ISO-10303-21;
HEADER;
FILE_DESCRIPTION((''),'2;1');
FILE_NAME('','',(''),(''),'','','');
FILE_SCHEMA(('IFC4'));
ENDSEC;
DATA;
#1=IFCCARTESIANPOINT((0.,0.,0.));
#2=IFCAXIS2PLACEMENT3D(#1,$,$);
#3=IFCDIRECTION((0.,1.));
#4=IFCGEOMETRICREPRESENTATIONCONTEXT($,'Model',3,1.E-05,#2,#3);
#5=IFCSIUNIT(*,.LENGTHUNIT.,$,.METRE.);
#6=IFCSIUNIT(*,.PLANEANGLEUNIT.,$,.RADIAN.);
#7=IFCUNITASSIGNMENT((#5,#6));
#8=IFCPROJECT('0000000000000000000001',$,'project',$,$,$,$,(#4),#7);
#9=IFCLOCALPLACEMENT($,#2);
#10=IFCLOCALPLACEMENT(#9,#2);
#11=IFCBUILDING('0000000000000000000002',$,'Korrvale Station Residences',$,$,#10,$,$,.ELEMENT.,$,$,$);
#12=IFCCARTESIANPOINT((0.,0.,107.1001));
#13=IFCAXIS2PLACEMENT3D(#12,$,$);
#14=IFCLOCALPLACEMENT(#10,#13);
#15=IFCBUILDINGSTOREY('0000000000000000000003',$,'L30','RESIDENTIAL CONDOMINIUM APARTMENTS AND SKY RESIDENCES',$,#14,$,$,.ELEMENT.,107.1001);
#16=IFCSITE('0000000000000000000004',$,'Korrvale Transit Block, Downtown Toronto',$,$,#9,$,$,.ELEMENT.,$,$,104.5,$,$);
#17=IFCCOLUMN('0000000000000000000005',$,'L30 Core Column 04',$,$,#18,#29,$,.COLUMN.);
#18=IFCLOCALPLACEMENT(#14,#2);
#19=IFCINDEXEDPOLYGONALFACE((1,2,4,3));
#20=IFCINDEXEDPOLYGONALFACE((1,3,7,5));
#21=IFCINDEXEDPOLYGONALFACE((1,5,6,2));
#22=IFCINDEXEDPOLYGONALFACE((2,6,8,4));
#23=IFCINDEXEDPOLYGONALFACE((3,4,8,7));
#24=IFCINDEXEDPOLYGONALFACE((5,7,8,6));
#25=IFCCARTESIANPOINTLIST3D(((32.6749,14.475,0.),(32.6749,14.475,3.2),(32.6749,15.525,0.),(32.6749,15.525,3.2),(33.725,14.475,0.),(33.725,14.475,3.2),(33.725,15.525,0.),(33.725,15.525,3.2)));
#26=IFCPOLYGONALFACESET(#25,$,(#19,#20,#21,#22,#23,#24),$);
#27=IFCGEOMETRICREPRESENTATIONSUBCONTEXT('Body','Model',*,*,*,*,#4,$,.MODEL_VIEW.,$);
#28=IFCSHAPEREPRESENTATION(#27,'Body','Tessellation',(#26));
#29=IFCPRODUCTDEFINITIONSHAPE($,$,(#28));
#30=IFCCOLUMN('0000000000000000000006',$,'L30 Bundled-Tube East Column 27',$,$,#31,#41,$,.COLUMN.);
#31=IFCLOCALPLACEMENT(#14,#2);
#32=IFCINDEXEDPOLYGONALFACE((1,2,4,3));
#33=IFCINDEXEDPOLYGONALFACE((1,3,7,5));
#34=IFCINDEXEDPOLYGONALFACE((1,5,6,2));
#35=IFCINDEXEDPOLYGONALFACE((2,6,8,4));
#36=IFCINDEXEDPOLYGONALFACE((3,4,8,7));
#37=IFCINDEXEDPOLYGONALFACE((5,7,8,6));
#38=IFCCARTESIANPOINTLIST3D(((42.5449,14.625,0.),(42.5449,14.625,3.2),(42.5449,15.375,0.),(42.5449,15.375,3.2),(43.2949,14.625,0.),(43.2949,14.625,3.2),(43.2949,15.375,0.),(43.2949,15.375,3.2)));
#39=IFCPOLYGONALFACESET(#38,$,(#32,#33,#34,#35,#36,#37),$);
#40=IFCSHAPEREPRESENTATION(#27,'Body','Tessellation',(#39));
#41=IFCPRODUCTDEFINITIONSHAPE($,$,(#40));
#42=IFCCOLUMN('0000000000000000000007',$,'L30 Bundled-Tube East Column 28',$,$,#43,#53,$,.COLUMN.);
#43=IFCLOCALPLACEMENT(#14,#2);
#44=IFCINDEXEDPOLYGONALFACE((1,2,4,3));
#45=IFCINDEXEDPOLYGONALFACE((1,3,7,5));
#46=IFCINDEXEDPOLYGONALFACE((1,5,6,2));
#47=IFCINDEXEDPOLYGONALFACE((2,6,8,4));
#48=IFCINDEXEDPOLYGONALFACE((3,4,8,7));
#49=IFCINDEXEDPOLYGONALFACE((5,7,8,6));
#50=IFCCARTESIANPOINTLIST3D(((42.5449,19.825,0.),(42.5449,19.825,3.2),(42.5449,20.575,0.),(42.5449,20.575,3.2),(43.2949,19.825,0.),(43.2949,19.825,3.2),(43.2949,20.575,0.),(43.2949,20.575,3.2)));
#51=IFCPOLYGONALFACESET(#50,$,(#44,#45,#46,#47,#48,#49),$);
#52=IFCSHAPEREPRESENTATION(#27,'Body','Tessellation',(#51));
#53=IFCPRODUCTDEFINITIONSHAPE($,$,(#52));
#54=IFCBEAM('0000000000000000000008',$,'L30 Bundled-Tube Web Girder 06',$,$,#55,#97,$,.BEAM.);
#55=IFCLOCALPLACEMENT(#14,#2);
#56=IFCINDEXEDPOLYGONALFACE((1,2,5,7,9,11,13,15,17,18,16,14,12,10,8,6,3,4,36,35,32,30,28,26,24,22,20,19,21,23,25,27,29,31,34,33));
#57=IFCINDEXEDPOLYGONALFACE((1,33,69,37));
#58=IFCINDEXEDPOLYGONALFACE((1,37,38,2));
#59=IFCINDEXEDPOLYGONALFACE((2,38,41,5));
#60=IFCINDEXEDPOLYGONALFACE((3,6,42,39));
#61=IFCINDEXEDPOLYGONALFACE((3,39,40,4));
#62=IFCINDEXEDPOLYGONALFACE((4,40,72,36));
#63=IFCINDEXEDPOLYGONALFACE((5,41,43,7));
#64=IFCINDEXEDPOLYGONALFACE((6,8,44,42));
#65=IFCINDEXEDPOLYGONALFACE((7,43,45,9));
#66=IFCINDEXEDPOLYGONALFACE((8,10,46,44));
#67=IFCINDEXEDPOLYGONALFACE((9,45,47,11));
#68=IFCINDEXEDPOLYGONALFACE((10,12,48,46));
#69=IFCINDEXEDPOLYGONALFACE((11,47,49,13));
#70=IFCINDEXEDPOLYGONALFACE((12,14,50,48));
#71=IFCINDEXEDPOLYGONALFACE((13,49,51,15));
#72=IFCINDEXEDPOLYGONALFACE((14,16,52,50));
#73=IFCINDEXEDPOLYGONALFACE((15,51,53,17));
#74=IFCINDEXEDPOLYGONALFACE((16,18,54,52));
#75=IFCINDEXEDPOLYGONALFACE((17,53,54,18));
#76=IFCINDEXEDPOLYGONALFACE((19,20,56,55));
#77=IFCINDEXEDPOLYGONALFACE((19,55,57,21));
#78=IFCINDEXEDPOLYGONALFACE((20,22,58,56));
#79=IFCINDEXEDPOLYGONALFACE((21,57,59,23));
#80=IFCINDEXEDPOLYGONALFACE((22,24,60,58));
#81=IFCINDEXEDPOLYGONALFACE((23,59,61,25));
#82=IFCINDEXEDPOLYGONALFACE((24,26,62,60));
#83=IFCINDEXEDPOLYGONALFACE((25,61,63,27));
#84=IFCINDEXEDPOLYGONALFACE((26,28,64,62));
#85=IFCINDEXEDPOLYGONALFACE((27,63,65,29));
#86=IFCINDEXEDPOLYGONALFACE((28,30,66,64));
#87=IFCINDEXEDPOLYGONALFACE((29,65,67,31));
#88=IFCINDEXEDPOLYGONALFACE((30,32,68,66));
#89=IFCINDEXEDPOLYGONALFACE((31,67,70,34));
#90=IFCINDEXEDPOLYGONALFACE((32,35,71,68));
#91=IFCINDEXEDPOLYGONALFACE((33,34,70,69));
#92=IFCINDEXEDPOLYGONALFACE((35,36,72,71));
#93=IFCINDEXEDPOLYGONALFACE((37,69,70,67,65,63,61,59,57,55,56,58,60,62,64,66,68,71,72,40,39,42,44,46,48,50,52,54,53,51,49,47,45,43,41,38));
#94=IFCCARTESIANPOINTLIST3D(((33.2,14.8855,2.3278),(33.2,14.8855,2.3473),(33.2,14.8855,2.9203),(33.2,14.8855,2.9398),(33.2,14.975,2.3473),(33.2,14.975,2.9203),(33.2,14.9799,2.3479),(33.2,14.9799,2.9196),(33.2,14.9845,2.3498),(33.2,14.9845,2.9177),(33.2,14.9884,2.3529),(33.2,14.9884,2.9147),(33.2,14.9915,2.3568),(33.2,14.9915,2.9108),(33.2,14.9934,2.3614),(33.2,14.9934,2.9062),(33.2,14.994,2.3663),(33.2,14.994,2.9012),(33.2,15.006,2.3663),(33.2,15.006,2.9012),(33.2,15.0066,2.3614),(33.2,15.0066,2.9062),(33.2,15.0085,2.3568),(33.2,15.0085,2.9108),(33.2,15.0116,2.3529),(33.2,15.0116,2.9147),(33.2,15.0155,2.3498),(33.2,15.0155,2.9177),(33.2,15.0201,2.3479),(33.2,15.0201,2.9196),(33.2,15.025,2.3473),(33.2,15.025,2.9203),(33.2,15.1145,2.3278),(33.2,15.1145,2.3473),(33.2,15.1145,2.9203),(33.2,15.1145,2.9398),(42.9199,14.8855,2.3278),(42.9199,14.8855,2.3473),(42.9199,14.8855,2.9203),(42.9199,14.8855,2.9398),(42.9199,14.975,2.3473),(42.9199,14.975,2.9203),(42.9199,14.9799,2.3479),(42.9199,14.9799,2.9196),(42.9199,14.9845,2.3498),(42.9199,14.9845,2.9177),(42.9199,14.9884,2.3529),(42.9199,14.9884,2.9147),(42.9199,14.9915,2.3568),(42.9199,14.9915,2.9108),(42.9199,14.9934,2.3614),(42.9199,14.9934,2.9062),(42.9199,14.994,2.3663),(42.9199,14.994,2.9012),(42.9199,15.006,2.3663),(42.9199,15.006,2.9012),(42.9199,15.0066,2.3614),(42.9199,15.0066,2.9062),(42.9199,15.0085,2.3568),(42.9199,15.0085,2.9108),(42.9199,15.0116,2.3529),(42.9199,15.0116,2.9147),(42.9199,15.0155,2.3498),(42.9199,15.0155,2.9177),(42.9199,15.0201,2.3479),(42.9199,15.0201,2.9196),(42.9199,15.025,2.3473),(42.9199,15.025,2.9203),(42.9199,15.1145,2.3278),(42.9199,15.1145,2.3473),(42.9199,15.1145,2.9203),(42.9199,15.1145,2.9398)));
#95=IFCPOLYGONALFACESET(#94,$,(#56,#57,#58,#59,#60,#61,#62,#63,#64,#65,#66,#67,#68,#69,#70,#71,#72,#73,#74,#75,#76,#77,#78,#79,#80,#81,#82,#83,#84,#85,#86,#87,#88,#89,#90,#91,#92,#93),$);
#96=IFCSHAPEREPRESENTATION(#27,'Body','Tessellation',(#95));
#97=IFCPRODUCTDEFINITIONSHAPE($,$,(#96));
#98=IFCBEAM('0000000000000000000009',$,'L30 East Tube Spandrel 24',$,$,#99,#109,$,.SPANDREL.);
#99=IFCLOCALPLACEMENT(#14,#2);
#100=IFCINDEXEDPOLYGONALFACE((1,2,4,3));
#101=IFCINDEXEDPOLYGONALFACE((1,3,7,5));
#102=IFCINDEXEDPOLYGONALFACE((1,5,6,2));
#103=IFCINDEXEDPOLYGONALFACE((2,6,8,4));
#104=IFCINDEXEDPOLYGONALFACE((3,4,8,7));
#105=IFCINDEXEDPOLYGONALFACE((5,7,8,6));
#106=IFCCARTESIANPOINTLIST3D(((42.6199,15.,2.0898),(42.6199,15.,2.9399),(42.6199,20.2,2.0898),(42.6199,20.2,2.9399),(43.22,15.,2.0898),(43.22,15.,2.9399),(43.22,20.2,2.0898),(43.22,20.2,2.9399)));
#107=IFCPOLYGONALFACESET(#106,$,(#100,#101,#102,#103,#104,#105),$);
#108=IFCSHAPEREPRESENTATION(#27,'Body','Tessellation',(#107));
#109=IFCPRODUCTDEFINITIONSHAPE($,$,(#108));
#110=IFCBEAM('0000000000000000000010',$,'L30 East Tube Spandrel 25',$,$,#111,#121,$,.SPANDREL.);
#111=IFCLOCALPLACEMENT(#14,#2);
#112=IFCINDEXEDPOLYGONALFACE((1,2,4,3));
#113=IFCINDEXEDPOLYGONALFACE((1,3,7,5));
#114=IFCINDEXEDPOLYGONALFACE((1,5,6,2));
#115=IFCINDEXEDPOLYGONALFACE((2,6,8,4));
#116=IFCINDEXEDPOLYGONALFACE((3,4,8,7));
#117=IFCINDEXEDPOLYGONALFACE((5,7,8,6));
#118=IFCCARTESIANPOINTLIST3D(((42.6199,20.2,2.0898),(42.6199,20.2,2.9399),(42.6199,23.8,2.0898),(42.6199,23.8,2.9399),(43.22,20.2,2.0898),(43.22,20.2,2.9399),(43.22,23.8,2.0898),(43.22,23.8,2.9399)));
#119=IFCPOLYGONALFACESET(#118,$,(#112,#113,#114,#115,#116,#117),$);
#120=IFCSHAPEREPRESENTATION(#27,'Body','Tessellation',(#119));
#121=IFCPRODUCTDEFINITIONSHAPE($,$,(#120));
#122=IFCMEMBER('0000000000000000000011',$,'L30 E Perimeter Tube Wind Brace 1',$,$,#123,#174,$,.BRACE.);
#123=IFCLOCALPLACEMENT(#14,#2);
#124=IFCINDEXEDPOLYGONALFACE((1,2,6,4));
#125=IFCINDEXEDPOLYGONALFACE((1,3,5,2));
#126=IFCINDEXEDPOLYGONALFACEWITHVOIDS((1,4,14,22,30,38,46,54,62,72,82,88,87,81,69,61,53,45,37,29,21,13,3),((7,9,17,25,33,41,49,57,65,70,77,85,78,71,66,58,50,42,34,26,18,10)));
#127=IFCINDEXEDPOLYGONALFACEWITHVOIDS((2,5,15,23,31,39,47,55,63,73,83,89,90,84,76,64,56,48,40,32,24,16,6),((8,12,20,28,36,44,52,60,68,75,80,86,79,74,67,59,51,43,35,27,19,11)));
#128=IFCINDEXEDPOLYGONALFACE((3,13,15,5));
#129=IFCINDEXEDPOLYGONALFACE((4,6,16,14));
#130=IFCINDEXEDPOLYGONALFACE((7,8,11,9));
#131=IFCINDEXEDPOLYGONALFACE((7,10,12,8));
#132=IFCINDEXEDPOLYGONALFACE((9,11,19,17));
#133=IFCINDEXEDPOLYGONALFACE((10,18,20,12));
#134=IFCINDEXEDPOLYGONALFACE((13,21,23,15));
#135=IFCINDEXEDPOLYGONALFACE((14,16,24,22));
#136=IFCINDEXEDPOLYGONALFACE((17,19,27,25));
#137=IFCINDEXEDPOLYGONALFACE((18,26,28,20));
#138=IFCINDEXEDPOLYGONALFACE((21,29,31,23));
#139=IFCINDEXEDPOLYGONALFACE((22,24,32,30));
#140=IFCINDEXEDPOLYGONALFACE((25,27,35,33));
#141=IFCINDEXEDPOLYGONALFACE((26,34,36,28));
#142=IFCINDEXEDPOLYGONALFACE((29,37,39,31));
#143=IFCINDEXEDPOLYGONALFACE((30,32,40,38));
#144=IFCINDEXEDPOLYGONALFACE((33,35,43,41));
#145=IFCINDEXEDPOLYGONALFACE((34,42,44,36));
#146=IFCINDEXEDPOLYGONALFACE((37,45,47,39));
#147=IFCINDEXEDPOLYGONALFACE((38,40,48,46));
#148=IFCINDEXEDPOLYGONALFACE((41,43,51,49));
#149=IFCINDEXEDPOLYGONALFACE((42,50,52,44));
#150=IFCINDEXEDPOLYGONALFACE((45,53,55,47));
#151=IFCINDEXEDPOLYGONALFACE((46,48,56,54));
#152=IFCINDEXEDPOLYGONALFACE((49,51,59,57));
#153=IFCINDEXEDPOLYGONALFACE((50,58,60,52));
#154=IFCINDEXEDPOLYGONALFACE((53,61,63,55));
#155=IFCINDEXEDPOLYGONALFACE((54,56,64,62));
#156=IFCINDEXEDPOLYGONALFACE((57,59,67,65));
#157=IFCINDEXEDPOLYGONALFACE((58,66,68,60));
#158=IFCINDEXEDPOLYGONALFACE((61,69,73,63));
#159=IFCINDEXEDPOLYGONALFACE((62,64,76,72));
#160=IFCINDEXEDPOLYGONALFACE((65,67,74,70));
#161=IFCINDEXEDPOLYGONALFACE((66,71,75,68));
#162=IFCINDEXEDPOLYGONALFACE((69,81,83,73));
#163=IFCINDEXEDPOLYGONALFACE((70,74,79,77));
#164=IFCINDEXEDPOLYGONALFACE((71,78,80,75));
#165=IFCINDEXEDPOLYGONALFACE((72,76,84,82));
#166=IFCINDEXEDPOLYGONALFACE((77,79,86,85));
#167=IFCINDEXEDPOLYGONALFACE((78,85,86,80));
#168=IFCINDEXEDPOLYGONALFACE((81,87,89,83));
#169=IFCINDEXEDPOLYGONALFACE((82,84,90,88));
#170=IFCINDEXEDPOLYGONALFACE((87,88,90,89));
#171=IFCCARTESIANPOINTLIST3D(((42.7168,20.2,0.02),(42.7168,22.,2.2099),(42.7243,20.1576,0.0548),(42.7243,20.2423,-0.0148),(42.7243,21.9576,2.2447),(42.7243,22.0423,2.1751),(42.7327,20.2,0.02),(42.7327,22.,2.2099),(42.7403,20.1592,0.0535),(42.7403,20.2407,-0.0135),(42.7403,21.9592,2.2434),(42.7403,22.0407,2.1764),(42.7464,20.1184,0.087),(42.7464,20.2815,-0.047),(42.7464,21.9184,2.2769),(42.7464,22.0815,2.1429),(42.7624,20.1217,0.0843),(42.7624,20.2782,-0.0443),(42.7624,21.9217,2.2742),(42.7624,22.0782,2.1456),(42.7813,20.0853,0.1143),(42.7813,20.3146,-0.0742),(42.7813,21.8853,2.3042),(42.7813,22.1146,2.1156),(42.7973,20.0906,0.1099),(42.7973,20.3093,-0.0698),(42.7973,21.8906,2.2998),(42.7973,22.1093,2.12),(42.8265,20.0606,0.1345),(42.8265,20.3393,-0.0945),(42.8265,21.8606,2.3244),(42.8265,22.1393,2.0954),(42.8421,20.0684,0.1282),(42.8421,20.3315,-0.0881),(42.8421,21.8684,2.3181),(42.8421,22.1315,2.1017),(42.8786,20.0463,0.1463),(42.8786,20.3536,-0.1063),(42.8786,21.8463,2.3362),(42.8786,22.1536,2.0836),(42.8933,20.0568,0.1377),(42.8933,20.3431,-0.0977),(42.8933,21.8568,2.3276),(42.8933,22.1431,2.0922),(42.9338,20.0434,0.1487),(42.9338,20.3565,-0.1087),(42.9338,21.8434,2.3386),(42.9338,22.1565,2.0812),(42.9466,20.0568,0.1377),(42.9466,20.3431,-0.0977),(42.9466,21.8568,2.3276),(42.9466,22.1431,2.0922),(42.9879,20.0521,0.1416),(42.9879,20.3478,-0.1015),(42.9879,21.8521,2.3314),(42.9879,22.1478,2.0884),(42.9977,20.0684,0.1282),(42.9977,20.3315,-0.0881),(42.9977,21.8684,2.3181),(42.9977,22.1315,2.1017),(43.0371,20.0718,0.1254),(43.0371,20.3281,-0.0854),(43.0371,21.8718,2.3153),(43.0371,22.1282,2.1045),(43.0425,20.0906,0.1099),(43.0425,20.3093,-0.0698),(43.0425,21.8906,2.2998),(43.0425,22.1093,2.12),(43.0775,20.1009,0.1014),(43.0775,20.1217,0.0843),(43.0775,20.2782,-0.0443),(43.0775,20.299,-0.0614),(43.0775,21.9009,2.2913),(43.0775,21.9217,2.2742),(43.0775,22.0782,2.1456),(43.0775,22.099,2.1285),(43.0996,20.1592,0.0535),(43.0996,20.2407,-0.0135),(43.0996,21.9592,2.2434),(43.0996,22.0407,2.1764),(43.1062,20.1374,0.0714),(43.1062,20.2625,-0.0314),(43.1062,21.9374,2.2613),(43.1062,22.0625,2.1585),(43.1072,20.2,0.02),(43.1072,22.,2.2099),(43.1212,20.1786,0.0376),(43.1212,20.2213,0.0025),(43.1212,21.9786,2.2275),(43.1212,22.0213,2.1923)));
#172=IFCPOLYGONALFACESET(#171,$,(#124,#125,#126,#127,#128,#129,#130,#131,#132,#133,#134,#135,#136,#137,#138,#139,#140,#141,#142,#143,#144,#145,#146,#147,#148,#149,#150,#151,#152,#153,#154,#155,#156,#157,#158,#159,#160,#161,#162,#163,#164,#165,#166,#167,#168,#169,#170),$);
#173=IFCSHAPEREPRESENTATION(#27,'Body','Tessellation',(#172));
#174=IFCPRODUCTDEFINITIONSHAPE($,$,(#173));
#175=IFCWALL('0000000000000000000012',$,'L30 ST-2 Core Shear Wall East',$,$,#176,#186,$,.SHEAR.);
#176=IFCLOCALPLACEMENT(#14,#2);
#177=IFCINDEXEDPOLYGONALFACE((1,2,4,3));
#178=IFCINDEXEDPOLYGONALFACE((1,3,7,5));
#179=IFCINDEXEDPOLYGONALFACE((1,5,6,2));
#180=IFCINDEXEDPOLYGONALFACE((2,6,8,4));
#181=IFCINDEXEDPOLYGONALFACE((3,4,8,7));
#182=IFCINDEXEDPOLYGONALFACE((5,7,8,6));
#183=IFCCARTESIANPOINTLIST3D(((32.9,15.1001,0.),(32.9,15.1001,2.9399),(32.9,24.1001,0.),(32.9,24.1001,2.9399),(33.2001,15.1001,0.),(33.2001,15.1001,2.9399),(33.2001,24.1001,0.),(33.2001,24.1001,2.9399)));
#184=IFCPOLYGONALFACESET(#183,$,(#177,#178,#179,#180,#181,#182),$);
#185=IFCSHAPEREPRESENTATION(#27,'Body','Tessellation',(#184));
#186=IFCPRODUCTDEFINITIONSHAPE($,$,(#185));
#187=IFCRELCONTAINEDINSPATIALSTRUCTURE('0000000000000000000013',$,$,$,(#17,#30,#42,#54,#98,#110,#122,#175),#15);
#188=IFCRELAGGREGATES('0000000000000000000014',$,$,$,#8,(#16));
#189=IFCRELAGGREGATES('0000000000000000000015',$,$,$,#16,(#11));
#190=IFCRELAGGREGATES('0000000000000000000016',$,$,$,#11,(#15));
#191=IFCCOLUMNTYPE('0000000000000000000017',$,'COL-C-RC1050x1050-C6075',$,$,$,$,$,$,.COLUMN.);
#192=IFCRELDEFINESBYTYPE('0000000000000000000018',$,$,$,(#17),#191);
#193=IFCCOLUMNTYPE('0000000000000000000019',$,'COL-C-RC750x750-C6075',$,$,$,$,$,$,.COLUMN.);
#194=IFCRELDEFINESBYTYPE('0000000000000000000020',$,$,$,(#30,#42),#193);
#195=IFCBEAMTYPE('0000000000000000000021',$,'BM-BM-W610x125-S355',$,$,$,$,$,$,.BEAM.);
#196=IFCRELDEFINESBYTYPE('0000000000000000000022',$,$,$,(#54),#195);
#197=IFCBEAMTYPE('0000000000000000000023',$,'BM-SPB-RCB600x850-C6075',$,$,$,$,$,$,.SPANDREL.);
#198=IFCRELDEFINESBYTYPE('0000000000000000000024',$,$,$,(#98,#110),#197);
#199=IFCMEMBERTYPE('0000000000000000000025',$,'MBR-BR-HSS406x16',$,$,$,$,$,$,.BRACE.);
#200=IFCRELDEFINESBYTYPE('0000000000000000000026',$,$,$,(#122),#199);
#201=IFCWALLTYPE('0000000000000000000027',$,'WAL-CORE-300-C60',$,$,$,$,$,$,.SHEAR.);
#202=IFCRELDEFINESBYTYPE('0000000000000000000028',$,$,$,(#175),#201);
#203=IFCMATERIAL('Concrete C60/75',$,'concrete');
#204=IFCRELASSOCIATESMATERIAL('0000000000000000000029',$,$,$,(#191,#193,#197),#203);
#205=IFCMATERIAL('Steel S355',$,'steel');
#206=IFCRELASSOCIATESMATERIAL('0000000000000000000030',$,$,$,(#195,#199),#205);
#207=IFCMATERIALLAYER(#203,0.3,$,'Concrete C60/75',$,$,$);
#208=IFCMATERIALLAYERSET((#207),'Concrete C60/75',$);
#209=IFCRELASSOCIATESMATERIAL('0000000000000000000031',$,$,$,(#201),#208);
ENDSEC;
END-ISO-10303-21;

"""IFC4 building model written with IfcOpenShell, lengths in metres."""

from ifc_helpers import new_model, si_unit, direction, frame, frame_2d, origin, origin_2d, place, context, subcontext, project, spatial, rectangle, hollow_circle, i_section, extrude, material, layer, layer_set, material_profile, profile_set, type_object, element, save


model = new_model("IFC4")

# Units and contexts
model_context = context("Model", 3, precision=1e-05, world=origin(), true_north=direction((0.0, 1.0)))
body_context = subcontext(model_context, "Body", "Model", "MODEL_VIEW")
ifc_project = project(units=[si_unit("LENGTHUNIT", "METRE"), si_unit("PLANEANGLEUNIT", "RADIAN")], contexts=[model_context])

# Site, building, storey
site_placement = place(None, origin())
site = spatial("IfcSite", under=ifc_project, at=site_placement, Name="Korrvale Transit Block, Downtown Toronto", CompositionType="ELEMENT", RefElevation=104.5)
building_placement = place(site_placement, origin())
building = spatial("IfcBuilding", under=site, at=building_placement, Name="Korrvale Station Residences", CompositionType="ELEMENT")
storey_placement = place(building_placement, frame((0.0, 0.0, 107.1001)))
storey = spatial("IfcBuildingStorey", under=building, at=storey_placement, Name="L30", Description="RESIDENTIAL CONDOMINIUM APARTMENTS AND SKY RESIDENCES", CompositionType="ELEMENT", Elevation=107.1001)

# Columns
ifc_material_1 = material(Name="Concrete C60/75", Category="concrete")
ifc_material_profile_1 = material_profile(ifc_material_1, rectangle(XDim=1.05, YDim=1.05, at=origin_2d()), Name="RC1050x1050")
ifc_profile_set_1 = profile_set([ifc_material_profile_1], Name="Concrete C60/75")
column_type_1 = type_object("IfcColumnType", Name="COL-C-RC1050x1050-C6075", PredefinedType="COLUMN", material=ifc_profile_set_1)
column_placement = place(storey_placement, frame((33.2, 15.0, 0.0), z_axis=(0.0, 0.0, 1.0), x_axis=(1.0, 0.0, 0.0)))
element("IfcColumn", 1, at=column_placement, inside=storey, type_object=column_type_1, Name="L30 Core Column 04", PredefinedType="COLUMN", context=body_context, shape_type="SweptSolid", body=[
    extrude(rectangle(XDim=1.05, YDim=1.05, at=origin_2d()), origin(), (0.0, 0.0, 1.0), 3.2),
])
ifc_material_profile_2 = material_profile(ifc_material_1, rectangle(XDim=0.75, YDim=0.75, at=origin_2d()), Name="RC750x750")
ifc_profile_set_2 = profile_set([ifc_material_profile_2], Name="Concrete C60/75")
column_type_2 = type_object("IfcColumnType", Name="COL-C-RC750x750-C6075", PredefinedType="COLUMN", material=ifc_profile_set_2)
for number, where, z_axis, x_axis, name in (
    (2, (42.9199, 15.0, 0.0), (0.0, 0.0, 1.0), (1.0, 0.0, 0.0), "L30 Bundled-Tube East Column 27"),
    (3, (42.9199, 20.2, 0.0), (0.0, 0.0, 1.0), (1.0, 0.0, 0.0), "L30 Bundled-Tube East Column 28"),
):
    element("IfcColumn", number, at=place(storey_placement, frame(where, z_axis=z_axis, x_axis=x_axis)), inside=storey, type_object=column_type_2, Name=name, PredefinedType="COLUMN", context=body_context, shape_type="SweptSolid", body=[
        extrude(rectangle(XDim=0.75, YDim=0.75, at=origin_2d()), origin(), (0.0, 0.0, 1.0), 3.2),
    ])

# Beams
ifc_material_2 = material(Name="Steel S355", Category="steel")
ifc_material_profile_3 = material_profile(ifc_material_2, i_section(OverallWidth=0.229, OverallDepth=0.6121, WebThickness=0.012, FlangeThickness=0.0195, FilletRadius=0.019, at=origin_2d()), Name="W610x125")
ifc_profile_set_3 = profile_set([ifc_material_profile_3], Name="Steel S355")
beam_type_1 = type_object("IfcBeamType", Name="BM-BM-W610x125-S355", PredefinedType="BEAM", material=ifc_profile_set_3)
beam_1_placement = place(storey_placement, frame((33.2, 15.0, 2.6338), z_axis=(1.0, 0.0, 0.0), x_axis=(0.0, 1.0, 0.0)))
element("IfcBeam", 4, at=beam_1_placement, inside=storey, type_object=beam_type_1, Name="L30 Bundled-Tube Web Girder 06", PredefinedType="BEAM", context=body_context, shape_type="SweptSolid", body=[
    extrude(i_section(OverallWidth=0.229, OverallDepth=0.6121, WebThickness=0.012, FlangeThickness=0.0195, FilletRadius=0.019, at=origin_2d()), origin(), (0.0, 0.0, 1.0), 9.72),
])
ifc_material_profile_4 = material_profile(ifc_material_1, rectangle(XDim=0.6001, YDim=0.8501, at=origin_2d()), Name="RCB600x850")
ifc_profile_set_4 = profile_set([ifc_material_profile_4], Name="Concrete C60/75")
beam_type_2 = type_object("IfcBeamType", Name="BM-SPB-RCB600x850-C6075", PredefinedType="SPANDREL", material=ifc_profile_set_4)
beam_2_placement = place(storey_placement, frame((42.9199, 15.0, 2.5149), z_axis=(0.0, 1.0, 0.0), x_axis=(-1.0, 0.0, 0.0)))
element("IfcBeam", 5, at=beam_2_placement, inside=storey, type_object=beam_type_2, Name="L30 East Tube Spandrel 24", PredefinedType="SPANDREL", context=body_context, shape_type="SweptSolid", body=[
    extrude(rectangle(XDim=0.6001, YDim=0.8501, at=origin_2d()), origin(), (0.0, 0.0, 1.0), 5.2),
])
beam_3_placement = place(storey_placement, frame((42.9199, 20.2, 2.5149), z_axis=(0.0, 1.0, 0.0), x_axis=(-1.0, 0.0, 0.0)))
element("IfcBeam", 6, at=beam_3_placement, inside=storey, type_object=beam_type_2, Name="L30 East Tube Spandrel 25", PredefinedType="SPANDREL", context=body_context, shape_type="SweptSolid", body=[
    extrude(rectangle(XDim=0.6001, YDim=0.8501, at=origin_2d()), origin(), (0.0, 0.0, 1.0), 3.6001),
])

# Member
ifc_material_profile_5 = material_profile(ifc_material_2, hollow_circle(Radius=0.2031, WallThickness=0.0159, at=origin_2d()), Name="HSS406x16")
ifc_profile_set_5 = profile_set([ifc_material_profile_5], Name="Steel S355")
member_type = type_object("IfcMemberType", Name="MBR-BR-HSS406x16", PredefinedType="BRACE", material=ifc_profile_set_5)
member_placement = place(storey_placement, frame((42.9199, 20.2, 0.02), z_axis=(0.0, 0.634985, 0.772524), x_axis=(-1.0, 0.0, 0.0)))
element("IfcMember", 7, at=member_placement, inside=storey, type_object=member_type, Name="L30 E Perimeter Tube Wind Brace 1", PredefinedType="BRACE", context=body_context, shape_type="SweptSolid", body=[
    extrude(hollow_circle(Radius=0.2031, WallThickness=0.0159, at=origin_2d()), origin(), (0.0, 0.0, 1.0), 2.8347),
])

# Wall
ifc_layer_1 = layer(ifc_material_1, 0.3, Name="Concrete C60/75")
ifc_layer_set_1 = layer_set([ifc_layer_1], Name="Concrete C60/75")
wall_type_1 = type_object("IfcWallType", Name="WAL-CORE-300-C60", PredefinedType="SHEAR", material=ifc_layer_set_1)
wall_1_placement = place(storey_placement, frame((33.05, 15.1001, 0.0), z_axis=(0.0, 0.0, 1.0), x_axis=(0.0, 1.0, 0.0)))
element("IfcWall", 8, at=wall_1_placement, inside=storey, type_object=wall_type_1, Name="L30 ST-2 Core Shear Wall East", PredefinedType="SHEAR", context=body_context, shape_type="SweptSolid", body=[
    extrude(rectangle(XDim=9.0, YDim=0.3, at=frame_2d((4.5, 0.0))), origin(), (0.0, 0.0, 1.0), 2.9399),
])

save(model, "model.ifc")
